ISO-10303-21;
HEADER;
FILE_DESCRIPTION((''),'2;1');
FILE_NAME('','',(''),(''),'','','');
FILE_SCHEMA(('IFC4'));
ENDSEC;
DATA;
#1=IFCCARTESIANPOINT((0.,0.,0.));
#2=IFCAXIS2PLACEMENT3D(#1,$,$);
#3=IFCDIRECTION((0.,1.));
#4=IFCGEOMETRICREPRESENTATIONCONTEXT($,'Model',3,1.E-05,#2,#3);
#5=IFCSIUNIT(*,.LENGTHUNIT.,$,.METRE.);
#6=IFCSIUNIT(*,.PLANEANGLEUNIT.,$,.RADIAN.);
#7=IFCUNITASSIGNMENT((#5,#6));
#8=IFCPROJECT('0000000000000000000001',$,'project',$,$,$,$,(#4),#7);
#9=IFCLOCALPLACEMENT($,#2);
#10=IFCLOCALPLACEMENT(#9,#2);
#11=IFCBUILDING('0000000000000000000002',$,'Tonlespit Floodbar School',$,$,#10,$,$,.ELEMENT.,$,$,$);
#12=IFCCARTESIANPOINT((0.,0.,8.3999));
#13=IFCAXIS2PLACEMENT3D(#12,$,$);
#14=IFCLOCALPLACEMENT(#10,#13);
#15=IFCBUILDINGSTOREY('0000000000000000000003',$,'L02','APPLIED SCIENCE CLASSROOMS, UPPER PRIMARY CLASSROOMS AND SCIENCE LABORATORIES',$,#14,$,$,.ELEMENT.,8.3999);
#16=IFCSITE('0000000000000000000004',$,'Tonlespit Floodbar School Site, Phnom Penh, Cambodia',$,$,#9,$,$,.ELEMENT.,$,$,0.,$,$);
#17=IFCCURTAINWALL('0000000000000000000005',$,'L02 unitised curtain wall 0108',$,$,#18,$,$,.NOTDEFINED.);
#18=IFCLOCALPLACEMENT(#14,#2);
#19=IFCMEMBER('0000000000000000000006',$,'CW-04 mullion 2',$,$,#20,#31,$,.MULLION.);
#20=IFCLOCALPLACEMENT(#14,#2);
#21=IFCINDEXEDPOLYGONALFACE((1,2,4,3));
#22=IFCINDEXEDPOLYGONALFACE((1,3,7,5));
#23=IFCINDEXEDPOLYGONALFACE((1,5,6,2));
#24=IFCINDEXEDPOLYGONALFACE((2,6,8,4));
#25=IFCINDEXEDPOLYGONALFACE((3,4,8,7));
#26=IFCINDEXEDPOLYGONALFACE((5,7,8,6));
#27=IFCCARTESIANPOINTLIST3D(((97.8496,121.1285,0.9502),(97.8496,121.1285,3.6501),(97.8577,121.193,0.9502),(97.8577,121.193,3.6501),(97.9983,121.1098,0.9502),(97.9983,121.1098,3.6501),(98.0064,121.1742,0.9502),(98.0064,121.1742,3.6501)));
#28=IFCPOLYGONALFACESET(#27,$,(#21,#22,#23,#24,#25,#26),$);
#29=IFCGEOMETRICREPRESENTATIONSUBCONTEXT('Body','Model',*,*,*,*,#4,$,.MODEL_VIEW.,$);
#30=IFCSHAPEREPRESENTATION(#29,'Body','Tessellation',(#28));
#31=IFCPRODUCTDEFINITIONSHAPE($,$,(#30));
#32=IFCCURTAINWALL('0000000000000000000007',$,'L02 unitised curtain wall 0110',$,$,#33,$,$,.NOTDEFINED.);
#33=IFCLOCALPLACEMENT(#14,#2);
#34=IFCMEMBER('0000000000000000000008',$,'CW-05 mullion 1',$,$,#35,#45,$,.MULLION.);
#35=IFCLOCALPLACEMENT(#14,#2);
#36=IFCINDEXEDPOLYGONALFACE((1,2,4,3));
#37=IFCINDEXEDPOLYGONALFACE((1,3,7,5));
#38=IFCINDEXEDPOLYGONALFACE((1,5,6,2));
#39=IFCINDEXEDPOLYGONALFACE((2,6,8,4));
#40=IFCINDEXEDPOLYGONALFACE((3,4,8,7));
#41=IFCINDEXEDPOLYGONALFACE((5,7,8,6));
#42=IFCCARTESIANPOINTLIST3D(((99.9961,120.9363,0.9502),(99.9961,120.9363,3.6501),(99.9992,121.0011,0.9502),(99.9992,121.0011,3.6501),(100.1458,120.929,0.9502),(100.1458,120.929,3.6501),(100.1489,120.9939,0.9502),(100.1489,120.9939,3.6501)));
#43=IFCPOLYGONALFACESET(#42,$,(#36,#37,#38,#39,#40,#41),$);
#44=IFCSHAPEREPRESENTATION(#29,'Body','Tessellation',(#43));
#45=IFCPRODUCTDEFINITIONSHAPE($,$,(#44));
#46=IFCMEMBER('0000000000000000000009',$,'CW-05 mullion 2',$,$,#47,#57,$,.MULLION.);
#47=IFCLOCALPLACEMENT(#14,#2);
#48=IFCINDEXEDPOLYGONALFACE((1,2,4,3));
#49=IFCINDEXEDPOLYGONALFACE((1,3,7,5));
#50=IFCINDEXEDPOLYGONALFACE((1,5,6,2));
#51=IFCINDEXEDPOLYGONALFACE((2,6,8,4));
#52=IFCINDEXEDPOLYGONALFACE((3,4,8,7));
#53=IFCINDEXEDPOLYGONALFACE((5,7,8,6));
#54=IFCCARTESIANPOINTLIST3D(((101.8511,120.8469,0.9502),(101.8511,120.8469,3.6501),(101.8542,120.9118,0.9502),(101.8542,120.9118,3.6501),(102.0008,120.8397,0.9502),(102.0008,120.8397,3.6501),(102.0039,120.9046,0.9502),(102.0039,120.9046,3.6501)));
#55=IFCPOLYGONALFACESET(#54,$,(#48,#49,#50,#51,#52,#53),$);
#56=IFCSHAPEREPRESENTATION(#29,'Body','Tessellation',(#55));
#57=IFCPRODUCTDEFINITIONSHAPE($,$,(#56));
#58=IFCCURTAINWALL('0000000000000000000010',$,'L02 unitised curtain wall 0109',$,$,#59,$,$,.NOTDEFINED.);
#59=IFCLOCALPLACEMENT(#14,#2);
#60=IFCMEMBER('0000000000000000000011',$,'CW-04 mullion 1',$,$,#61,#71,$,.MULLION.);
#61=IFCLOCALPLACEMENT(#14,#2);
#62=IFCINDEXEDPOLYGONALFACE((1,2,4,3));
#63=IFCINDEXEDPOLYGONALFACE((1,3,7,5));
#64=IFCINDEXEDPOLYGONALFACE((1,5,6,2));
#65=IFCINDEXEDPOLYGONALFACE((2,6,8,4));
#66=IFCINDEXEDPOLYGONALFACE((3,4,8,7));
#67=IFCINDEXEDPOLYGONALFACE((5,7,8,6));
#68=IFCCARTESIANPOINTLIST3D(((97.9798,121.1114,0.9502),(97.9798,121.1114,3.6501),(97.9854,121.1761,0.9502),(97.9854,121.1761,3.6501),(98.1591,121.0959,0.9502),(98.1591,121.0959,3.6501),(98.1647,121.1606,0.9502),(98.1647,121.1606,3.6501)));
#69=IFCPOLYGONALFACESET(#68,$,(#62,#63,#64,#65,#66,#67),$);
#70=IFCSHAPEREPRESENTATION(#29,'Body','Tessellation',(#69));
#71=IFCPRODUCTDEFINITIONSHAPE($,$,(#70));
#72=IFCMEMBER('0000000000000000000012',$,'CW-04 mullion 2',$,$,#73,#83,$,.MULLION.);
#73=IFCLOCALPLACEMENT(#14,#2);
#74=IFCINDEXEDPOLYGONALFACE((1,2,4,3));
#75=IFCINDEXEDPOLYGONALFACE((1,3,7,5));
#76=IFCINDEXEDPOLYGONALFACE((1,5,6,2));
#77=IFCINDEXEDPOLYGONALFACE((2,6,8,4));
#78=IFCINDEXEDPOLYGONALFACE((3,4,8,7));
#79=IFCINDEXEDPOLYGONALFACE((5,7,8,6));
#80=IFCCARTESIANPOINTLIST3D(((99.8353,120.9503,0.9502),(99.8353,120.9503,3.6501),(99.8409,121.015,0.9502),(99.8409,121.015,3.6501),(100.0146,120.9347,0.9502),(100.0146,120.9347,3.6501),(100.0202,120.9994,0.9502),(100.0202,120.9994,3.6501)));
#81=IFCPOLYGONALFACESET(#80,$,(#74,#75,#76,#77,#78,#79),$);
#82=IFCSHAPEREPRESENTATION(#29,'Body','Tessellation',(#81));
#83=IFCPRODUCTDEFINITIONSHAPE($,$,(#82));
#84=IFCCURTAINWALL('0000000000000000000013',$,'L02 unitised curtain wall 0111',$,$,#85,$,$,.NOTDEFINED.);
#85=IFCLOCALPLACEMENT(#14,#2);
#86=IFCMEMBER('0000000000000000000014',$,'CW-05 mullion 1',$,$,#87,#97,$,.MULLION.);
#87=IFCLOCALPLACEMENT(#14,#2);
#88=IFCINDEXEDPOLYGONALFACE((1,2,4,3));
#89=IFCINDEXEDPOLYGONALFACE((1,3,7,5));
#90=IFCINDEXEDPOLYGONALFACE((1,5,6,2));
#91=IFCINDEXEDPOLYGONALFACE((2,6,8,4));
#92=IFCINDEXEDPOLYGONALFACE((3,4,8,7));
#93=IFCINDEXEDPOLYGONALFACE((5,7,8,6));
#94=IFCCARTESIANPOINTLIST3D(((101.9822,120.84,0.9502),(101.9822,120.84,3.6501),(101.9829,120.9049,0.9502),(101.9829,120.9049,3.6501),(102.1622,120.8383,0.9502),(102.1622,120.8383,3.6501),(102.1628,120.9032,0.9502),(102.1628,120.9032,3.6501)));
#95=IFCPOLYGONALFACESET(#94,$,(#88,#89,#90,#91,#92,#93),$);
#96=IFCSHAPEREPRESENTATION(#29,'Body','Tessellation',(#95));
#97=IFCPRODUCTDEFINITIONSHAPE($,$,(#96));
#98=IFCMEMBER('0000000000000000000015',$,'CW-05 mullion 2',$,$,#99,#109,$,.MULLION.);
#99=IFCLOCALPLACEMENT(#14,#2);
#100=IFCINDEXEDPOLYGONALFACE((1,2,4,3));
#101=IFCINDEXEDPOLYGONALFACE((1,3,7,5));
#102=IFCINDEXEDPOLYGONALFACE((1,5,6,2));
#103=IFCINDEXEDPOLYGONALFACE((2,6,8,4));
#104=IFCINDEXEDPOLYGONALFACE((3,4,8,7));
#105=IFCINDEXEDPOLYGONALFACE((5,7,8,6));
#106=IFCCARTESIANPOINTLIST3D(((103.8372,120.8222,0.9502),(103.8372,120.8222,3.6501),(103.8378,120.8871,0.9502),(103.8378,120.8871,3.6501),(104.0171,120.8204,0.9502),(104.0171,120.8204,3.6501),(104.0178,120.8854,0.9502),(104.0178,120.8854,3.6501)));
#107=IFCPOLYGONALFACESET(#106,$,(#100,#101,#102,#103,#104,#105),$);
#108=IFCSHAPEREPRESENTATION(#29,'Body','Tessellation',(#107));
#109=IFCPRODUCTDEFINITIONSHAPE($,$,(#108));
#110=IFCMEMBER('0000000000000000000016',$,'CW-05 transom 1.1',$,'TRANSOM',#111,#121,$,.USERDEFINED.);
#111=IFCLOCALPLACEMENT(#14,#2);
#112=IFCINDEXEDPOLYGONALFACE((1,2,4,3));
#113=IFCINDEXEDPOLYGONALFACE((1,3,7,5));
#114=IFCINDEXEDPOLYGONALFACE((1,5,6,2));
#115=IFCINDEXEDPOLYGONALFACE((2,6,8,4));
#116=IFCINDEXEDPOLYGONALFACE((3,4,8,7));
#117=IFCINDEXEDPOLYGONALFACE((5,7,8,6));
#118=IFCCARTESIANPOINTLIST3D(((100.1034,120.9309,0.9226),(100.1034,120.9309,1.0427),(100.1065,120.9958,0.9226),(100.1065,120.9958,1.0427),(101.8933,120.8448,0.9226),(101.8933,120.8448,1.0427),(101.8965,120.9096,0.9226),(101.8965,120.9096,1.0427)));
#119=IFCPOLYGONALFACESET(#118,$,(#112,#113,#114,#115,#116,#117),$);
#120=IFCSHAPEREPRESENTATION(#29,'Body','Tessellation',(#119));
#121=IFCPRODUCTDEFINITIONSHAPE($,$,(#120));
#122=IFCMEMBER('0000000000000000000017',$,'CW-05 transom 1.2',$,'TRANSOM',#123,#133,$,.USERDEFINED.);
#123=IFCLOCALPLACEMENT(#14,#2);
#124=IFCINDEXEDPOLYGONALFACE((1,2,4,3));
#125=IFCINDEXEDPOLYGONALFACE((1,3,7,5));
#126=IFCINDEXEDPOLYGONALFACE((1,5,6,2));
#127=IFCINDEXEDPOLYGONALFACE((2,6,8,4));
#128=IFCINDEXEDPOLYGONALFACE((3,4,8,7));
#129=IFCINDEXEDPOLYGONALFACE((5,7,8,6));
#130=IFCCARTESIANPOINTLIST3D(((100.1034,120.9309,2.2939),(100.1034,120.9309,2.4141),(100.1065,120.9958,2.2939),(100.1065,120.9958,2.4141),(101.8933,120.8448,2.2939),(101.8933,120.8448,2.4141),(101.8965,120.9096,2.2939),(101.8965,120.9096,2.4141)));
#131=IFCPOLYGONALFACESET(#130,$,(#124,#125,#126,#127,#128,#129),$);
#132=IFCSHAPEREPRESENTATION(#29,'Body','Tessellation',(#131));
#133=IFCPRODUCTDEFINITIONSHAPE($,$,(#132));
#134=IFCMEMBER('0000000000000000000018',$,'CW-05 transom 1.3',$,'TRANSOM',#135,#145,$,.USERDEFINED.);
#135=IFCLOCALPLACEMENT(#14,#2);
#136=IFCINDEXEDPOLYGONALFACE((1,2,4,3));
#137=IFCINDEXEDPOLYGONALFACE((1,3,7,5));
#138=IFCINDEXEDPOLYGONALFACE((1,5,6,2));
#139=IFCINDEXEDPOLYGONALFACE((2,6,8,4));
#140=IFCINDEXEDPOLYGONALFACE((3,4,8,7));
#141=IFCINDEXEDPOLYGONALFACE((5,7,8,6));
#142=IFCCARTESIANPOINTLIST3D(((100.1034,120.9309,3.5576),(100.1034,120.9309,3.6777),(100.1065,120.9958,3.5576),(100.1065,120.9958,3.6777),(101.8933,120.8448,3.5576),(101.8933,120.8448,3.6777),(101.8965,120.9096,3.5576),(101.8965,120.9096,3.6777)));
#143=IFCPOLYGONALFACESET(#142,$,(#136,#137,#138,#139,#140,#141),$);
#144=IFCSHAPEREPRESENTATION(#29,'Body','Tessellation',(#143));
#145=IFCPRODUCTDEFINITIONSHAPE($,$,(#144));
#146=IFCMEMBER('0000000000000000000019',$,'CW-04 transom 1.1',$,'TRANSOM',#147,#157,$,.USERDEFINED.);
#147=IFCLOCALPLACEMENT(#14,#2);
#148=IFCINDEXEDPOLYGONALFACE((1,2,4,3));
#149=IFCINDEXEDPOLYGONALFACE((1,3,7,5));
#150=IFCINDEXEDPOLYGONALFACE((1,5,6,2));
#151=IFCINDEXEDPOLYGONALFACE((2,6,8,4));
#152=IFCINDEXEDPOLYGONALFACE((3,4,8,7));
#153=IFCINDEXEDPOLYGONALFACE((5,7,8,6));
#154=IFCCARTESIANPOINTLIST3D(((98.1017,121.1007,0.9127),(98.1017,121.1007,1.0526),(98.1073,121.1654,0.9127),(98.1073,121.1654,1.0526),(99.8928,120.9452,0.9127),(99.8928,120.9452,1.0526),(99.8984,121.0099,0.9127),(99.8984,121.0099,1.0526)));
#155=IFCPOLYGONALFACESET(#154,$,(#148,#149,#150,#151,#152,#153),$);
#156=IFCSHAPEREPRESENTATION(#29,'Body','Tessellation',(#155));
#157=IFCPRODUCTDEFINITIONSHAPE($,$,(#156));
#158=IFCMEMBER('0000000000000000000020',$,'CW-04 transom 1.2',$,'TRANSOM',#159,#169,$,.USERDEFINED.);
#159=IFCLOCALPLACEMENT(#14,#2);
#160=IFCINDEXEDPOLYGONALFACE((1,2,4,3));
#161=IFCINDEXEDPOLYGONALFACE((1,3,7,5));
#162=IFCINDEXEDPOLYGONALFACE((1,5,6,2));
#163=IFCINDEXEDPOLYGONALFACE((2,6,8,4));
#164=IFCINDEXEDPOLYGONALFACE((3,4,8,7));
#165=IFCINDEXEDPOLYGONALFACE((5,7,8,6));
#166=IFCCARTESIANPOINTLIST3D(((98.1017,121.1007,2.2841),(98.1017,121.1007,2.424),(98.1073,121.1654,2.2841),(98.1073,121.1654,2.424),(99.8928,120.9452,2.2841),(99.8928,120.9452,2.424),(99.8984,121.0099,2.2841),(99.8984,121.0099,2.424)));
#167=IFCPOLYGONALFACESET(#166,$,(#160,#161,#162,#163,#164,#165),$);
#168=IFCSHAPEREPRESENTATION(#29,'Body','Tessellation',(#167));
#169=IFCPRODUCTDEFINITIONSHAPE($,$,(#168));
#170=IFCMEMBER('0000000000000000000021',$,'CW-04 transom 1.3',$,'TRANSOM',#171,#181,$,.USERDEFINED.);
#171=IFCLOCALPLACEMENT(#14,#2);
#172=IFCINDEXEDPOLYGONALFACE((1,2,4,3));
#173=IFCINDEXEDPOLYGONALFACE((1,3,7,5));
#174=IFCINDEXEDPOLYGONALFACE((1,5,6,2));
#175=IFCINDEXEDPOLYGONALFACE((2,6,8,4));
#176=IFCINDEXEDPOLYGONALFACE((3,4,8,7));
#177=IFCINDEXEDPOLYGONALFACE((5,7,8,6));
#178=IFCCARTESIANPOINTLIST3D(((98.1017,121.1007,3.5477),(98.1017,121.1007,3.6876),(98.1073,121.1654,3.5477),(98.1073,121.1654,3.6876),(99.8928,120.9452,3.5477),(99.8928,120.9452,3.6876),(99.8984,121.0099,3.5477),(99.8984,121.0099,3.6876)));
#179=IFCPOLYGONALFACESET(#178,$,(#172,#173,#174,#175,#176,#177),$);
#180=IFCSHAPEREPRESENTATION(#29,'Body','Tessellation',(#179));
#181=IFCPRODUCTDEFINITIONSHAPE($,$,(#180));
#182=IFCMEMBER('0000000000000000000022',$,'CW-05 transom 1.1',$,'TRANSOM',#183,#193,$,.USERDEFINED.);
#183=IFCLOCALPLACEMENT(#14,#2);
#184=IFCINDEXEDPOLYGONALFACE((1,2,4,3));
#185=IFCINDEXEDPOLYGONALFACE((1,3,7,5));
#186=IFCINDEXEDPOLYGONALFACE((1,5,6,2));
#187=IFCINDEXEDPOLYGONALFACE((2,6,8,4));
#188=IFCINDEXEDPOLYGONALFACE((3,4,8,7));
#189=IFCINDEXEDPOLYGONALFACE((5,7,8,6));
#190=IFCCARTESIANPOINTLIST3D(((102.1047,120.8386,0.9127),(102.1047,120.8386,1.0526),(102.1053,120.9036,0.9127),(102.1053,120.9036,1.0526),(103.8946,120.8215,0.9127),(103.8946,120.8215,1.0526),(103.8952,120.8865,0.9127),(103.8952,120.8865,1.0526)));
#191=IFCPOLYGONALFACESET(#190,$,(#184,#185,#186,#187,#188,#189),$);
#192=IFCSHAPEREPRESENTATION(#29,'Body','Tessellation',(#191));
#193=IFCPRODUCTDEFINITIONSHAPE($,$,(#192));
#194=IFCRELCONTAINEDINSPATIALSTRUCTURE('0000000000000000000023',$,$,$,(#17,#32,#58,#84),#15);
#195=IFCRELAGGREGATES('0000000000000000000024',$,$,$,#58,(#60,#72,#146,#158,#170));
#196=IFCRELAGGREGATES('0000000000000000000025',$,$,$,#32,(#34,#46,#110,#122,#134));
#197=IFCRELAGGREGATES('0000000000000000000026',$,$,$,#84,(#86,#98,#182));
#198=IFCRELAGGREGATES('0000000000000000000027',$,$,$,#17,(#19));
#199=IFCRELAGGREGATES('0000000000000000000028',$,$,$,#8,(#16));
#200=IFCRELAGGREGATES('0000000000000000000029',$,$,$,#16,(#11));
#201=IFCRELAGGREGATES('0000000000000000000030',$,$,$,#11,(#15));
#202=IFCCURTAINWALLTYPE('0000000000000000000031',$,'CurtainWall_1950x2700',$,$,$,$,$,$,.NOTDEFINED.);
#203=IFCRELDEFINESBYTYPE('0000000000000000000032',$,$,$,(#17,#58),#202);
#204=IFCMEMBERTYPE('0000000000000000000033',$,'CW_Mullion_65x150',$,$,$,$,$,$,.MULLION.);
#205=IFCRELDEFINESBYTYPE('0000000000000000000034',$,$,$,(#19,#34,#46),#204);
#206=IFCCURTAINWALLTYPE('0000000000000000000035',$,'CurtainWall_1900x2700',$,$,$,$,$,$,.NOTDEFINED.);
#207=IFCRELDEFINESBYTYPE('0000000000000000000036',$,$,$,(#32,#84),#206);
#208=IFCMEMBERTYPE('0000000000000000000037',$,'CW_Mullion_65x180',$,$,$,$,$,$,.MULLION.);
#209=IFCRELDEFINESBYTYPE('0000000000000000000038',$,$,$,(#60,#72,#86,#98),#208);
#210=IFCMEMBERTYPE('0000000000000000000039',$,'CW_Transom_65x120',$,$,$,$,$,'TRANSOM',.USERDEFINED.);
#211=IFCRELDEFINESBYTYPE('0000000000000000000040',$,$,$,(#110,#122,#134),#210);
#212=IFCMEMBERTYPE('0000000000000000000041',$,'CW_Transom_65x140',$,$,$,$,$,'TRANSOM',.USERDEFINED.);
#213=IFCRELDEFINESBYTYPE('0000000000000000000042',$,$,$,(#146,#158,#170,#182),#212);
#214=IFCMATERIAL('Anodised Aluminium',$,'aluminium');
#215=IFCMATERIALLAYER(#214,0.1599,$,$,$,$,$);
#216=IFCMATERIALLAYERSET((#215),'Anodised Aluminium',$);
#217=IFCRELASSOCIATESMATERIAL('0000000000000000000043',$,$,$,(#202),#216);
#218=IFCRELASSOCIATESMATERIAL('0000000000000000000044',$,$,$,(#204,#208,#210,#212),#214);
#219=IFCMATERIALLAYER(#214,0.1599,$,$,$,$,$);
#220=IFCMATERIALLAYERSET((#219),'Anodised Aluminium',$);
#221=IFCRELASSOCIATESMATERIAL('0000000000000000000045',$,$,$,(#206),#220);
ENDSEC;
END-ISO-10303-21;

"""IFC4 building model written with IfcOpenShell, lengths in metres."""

from ifc_helpers import new_model, si_unit, direction, frame, origin, origin_2d, place, context, subcontext, project, spatial, rectangle, extrude, material, layer, layer_set, material_profile, profile_set, type_object, element, aggregate, save


model = new_model("IFC4")

# Units and contexts
model_context = context("Model", 3, precision=1e-05, world=origin(), true_north=direction((0.0, 1.0)))
body_context = subcontext(model_context, "Body", "Model", "MODEL_VIEW")
ifc_project = project(units=[si_unit("LENGTHUNIT", "METRE"), si_unit("PLANEANGLEUNIT", "RADIAN")], contexts=[model_context])

# Site, building, storey
site_placement = place(None, origin())
site = spatial("IfcSite", under=ifc_project, at=site_placement, Name="Tonlespit Floodbar School Site, Phnom Penh, Cambodia", CompositionType="ELEMENT", RefElevation=0.0)
building_placement = place(site_placement, origin())
building = spatial("IfcBuilding", under=site, at=building_placement, Name="Tonlespit Floodbar School", CompositionType="ELEMENT")
storey_placement = place(building_placement, frame((0.0, 0.0, 8.3999)))
storey = spatial("IfcBuildingStorey", under=building, at=storey_placement, Name="L02", Description="APPLIED SCIENCE CLASSROOMS, UPPER PRIMARY CLASSROOMS AND SCIENCE LABORATORIES", CompositionType="ELEMENT", Elevation=8.3999)

# Curtain wall, member
ifc_material_1 = material(Name="Anodised Aluminium", Category="aluminium")
ifc_layer_1 = layer(ifc_material_1, 0.1599)
ifc_layer_set_1 = layer_set([ifc_layer_1], Name="Anodised Aluminium")
curtain_wall_type_1 = type_object("IfcCurtainWallType", Name="CurtainWall_1950x2700", PredefinedType="NOTDEFINED", material=ifc_layer_set_1)
curtain_wall_1_placement = place(storey_placement, origin())
curtain_wall_1 = element("IfcCurtainWall", 1, at=curtain_wall_1_placement, inside=storey, type_object=curtain_wall_type_1, Name="L02 unitised curtain wall 0108", PredefinedType="NOTDEFINED")
ifc_material_profile_1 = material_profile(ifc_material_1, rectangle(XDim=0.0649, YDim=0.1499, at=origin_2d()), Name="ALU M65x150")
ifc_profile_set_1 = profile_set([ifc_material_profile_1], Name="Anodised Aluminium")
member_type_1 = type_object("IfcMemberType", Name="CW_Mullion_65x150", PredefinedType="MULLION", material=ifc_profile_set_1)
member_1_placement = place(storey_placement, frame((97.928, 121.1514, 0.9502), z_axis=(0.0, 0.0, 1.0), x_axis=(0.125014, 0.992155, 0.0)))
member_1 = element("IfcMember", 2, at=member_1_placement, type_object=member_type_1, Name="CW-04 mullion 2", PredefinedType="MULLION", context=body_context, shape_type="SweptSolid", body=[
    extrude(rectangle(XDim=0.0649, YDim=0.1499, at=origin_2d()), origin(), (0.0, 0.0, 1.0), 2.7),
])

# Curtain walls, members
ifc_layer_2 = layer(ifc_material_1, 0.1599)
ifc_layer_set_2 = layer_set([ifc_layer_2], Name="Anodised Aluminium")
curtain_wall_type_2 = type_object("IfcCurtainWallType", Name="CurtainWall_1900x2700", PredefinedType="NOTDEFINED", material=ifc_layer_set_2)
curtain_wall_2_placement = place(storey_placement, origin())
curtain_wall_2 = element("IfcCurtainWall", 3, at=curtain_wall_2_placement, inside=storey, type_object=curtain_wall_type_2, Name="L02 unitised curtain wall 0110", PredefinedType="NOTDEFINED")
member_2_placement = place(storey_placement, frame((100.0725, 120.9651, 0.9502), z_axis=(0.0, 0.0, 1.0), x_axis=(0.048121, 0.998842, 0.0)))
member_2 = element("IfcMember", 4, at=member_2_placement, type_object=member_type_1, Name="CW-05 mullion 1", PredefinedType="MULLION", context=body_context, shape_type="SweptSolid", body=[
    extrude(rectangle(XDim=0.0649, YDim=0.1499, at=origin_2d()), origin(), (0.0, 0.0, 1.0), 2.7),
])
member_3_placement = place(storey_placement, frame((101.9275, 120.8757, 0.9502), z_axis=(0.0, 0.0, 1.0), x_axis=(0.048121, 0.998842, 0.0)))
member_3 = element("IfcMember", 5, at=member_3_placement, type_object=member_type_1, Name="CW-05 mullion 2", PredefinedType="MULLION", context=body_context, shape_type="SweptSolid", body=[
    extrude(rectangle(XDim=0.0649, YDim=0.1499, at=origin_2d()), origin(), (0.0, 0.0, 1.0), 2.7),
])
curtain_wall_3_placement = place(storey_placement, origin())
curtain_wall_3 = element("IfcCurtainWall", 6, at=curtain_wall_3_placement, inside=storey, type_object=curtain_wall_type_1, Name="L02 unitised curtain wall 0109", PredefinedType="NOTDEFINED")
ifc_material_profile_2 = material_profile(ifc_material_1, rectangle(XDim=0.0649, YDim=0.1799, at=origin_2d()), Name="ALU M65x180")
ifc_profile_set_2 = profile_set([ifc_material_profile_2], Name="Anodised Aluminium")
member_type_2 = type_object("IfcMemberType", Name="CW_Mullion_65x180", PredefinedType="MULLION", material=ifc_profile_set_2)
member_4_placement = place(storey_placement, frame((98.0723, 121.136, 0.9502), z_axis=(0.0, 0.0, 1.0), x_axis=(0.086531, 0.996249, 0.0)))
member_4 = element("IfcMember", 7, at=member_4_placement, type_object=member_type_2, Name="CW-04 mullion 1", PredefinedType="MULLION", context=body_context, shape_type="SweptSolid", body=[
    extrude(rectangle(XDim=0.0649, YDim=0.1799, at=origin_2d()), origin(), (0.0, 0.0, 1.0), 2.7),
])
member_5_placement = place(storey_placement, frame((99.9277, 120.9749, 0.9502), z_axis=(0.0, 0.0, 1.0), x_axis=(0.086531, 0.996249, 0.0)))
member_5 = element("IfcMember", 8, at=member_5_placement, type_object=member_type_2, Name="CW-04 mullion 2", PredefinedType="MULLION", context=body_context, shape_type="SweptSolid", body=[
    extrude(rectangle(XDim=0.0649, YDim=0.1799, at=origin_2d()), origin(), (0.0, 0.0, 1.0), 2.7),
])
curtain_wall_4_placement = place(storey_placement, origin())
curtain_wall_4 = element("IfcCurtainWall", 9, at=curtain_wall_4_placement, inside=storey, type_object=curtain_wall_type_2, Name="L02 unitised curtain wall 0111", PredefinedType="NOTDEFINED")
member_6_placement = place(storey_placement, frame((102.0725, 120.8716, 0.9502), z_axis=(0.0, 0.0, 1.0), x_axis=(0.009583, 0.999954, 0.0)))
member_6 = element("IfcMember", 10, at=member_6_placement, type_object=member_type_2, Name="CW-05 mullion 1", PredefinedType="MULLION", context=body_context, shape_type="SweptSolid", body=[
    extrude(rectangle(XDim=0.0649, YDim=0.1799, at=origin_2d()), origin(), (0.0, 0.0, 1.0), 2.7),
])
member_7_placement = place(storey_placement, frame((103.9275, 120.8538, 0.9502), z_axis=(0.0, 0.0, 1.0), x_axis=(0.009583, 0.999954, 0.0)))
member_7 = element("IfcMember", 11, at=member_7_placement, type_object=member_type_2, Name="CW-05 mullion 2", PredefinedType="MULLION", context=body_context, shape_type="SweptSolid", body=[
    extrude(rectangle(XDim=0.0649, YDim=0.1799, at=origin_2d()), origin(), (0.0, 0.0, 1.0), 2.7),
])

# Members
ifc_material_profile_3 = material_profile(ifc_material_1, rectangle(XDim=0.0649, YDim=0.1201, at=origin_2d()), Name="ALU T65x120")
ifc_profile_set_3 = profile_set([ifc_material_profile_3], Name="Anodised Aluminium")
member_type_3 = type_object("IfcMemberType", Name="CW_Transom_65x120", ElementType="TRANSOM", PredefinedType="USERDEFINED", material=ifc_profile_set_3)
member_8_placement = place(storey_placement, frame((100.105, 120.9634, 0.9827), z_axis=(0.998843, -0.048089, 0.0), x_axis=(0.048089, 0.998843, 0.0)))
member_8 = element("IfcMember", 12, at=member_8_placement, type_object=member_type_3, Name="CW-05 transom 1.1", ObjectType="TRANSOM", PredefinedType="USERDEFINED", context=body_context, shape_type="SweptSolid", body=[
    extrude(rectangle(XDim=0.0649, YDim=0.1201, at=origin_2d()), origin(), (0.0, 0.0, 1.0), 1.792),
])
member_9_placement = place(storey_placement, frame((100.105, 120.9634, 2.354), z_axis=(0.998843, -0.048089, 0.0), x_axis=(0.048089, 0.998843, 0.0)))
member_9 = element("IfcMember", 13, at=member_9_placement, type_object=member_type_3, Name="CW-05 transom 1.2", ObjectType="TRANSOM", PredefinedType="USERDEFINED", context=body_context, shape_type="SweptSolid", body=[
    extrude(rectangle(XDim=0.0649, YDim=0.1201, at=origin_2d()), origin(), (0.0, 0.0, 1.0), 1.792),
])
member_10_placement = place(storey_placement, frame((100.105, 120.9634, 3.6177), z_axis=(0.998843, -0.048089, 0.0), x_axis=(0.048089, 0.998843, 0.0)))
member_10 = element("IfcMember", 14, at=member_10_placement, type_object=member_type_3, Name="CW-05 transom 1.3", ObjectType="TRANSOM", PredefinedType="USERDEFINED", context=body_context, shape_type="SweptSolid", body=[
    extrude(rectangle(XDim=0.0649, YDim=0.1201, at=origin_2d()), origin(), (0.0, 0.0, 1.0), 1.792),
])
ifc_material_profile_4 = material_profile(ifc_material_1, rectangle(XDim=0.0649, YDim=0.1399, at=origin_2d()), Name="ALU T65x140")
ifc_profile_set_4 = profile_set([ifc_material_profile_4], Name="Anodised Aluminium")
member_type_4 = type_object("IfcMemberType", Name="CW_Transom_65x140", ElementType="TRANSOM", PredefinedType="USERDEFINED", material=ifc_profile_set_4)
member_11_placement = place(storey_placement, frame((98.1045, 121.1331, 0.9827), z_axis=(0.996251, -0.086507, 0.0), x_axis=(0.086507, 0.996251, 0.0)))
member_11 = element("IfcMember", 15, at=member_11_placement, type_object=member_type_4, Name="CW-04 transom 1.1", ObjectType="TRANSOM", PredefinedType="USERDEFINED", context=body_context, shape_type="SweptSolid", body=[
    extrude(rectangle(XDim=0.0649, YDim=0.1399, at=origin_2d()), origin(), (0.0, 0.0, 1.0), 1.7979),
])
member_12_placement = place(storey_placement, frame((98.1045, 121.1331, 2.354), z_axis=(0.996251, -0.086507, 0.0), x_axis=(0.086507, 0.996251, 0.0)))
member_12 = element("IfcMember", 16, at=member_12_placement, type_object=member_type_4, Name="CW-04 transom 1.2", ObjectType="TRANSOM", PredefinedType="USERDEFINED", context=body_context, shape_type="SweptSolid", body=[
    extrude(rectangle(XDim=0.0649, YDim=0.1399, at=origin_2d()), origin(), (0.0, 0.0, 1.0), 1.7979),
])
member_13_placement = place(storey_placement, frame((98.1045, 121.1331, 3.6177), z_axis=(0.996251, -0.086507, 0.0), x_axis=(0.086507, 0.996251, 0.0)))
member_13 = element("IfcMember", 17, at=member_13_placement, type_object=member_type_4, Name="CW-04 transom 1.3", ObjectType="TRANSOM", PredefinedType="USERDEFINED", context=body_context, shape_type="SweptSolid", body=[
    extrude(rectangle(XDim=0.0649, YDim=0.1399, at=origin_2d()), origin(), (0.0, 0.0, 1.0), 1.7979),
])
member_14_placement = place(storey_placement, frame((102.105, 120.8711, 0.9827), z_axis=(0.999954, -0.009547, 0.0), x_axis=(0.009547, 0.999954, 0.0)))
member_14 = element("IfcMember", 18, at=member_14_placement, type_object=member_type_4, Name="CW-05 transom 1.1", ObjectType="TRANSOM", PredefinedType="USERDEFINED", context=body_context, shape_type="SweptSolid", body=[
    extrude(rectangle(XDim=0.0649, YDim=0.1399, at=origin_2d()), origin(), (0.0, 0.0, 1.0), 1.79),
])

aggregate(curtain_wall_3, [member_4, member_5, member_11, member_12, member_13])
aggregate(curtain_wall_2, [member_2, member_3, member_8, member_9, member_10])
aggregate(curtain_wall_4, [member_6, member_7, member_14])
aggregate(curtain_wall_1, [member_1])

save(model, "model.ifc")
